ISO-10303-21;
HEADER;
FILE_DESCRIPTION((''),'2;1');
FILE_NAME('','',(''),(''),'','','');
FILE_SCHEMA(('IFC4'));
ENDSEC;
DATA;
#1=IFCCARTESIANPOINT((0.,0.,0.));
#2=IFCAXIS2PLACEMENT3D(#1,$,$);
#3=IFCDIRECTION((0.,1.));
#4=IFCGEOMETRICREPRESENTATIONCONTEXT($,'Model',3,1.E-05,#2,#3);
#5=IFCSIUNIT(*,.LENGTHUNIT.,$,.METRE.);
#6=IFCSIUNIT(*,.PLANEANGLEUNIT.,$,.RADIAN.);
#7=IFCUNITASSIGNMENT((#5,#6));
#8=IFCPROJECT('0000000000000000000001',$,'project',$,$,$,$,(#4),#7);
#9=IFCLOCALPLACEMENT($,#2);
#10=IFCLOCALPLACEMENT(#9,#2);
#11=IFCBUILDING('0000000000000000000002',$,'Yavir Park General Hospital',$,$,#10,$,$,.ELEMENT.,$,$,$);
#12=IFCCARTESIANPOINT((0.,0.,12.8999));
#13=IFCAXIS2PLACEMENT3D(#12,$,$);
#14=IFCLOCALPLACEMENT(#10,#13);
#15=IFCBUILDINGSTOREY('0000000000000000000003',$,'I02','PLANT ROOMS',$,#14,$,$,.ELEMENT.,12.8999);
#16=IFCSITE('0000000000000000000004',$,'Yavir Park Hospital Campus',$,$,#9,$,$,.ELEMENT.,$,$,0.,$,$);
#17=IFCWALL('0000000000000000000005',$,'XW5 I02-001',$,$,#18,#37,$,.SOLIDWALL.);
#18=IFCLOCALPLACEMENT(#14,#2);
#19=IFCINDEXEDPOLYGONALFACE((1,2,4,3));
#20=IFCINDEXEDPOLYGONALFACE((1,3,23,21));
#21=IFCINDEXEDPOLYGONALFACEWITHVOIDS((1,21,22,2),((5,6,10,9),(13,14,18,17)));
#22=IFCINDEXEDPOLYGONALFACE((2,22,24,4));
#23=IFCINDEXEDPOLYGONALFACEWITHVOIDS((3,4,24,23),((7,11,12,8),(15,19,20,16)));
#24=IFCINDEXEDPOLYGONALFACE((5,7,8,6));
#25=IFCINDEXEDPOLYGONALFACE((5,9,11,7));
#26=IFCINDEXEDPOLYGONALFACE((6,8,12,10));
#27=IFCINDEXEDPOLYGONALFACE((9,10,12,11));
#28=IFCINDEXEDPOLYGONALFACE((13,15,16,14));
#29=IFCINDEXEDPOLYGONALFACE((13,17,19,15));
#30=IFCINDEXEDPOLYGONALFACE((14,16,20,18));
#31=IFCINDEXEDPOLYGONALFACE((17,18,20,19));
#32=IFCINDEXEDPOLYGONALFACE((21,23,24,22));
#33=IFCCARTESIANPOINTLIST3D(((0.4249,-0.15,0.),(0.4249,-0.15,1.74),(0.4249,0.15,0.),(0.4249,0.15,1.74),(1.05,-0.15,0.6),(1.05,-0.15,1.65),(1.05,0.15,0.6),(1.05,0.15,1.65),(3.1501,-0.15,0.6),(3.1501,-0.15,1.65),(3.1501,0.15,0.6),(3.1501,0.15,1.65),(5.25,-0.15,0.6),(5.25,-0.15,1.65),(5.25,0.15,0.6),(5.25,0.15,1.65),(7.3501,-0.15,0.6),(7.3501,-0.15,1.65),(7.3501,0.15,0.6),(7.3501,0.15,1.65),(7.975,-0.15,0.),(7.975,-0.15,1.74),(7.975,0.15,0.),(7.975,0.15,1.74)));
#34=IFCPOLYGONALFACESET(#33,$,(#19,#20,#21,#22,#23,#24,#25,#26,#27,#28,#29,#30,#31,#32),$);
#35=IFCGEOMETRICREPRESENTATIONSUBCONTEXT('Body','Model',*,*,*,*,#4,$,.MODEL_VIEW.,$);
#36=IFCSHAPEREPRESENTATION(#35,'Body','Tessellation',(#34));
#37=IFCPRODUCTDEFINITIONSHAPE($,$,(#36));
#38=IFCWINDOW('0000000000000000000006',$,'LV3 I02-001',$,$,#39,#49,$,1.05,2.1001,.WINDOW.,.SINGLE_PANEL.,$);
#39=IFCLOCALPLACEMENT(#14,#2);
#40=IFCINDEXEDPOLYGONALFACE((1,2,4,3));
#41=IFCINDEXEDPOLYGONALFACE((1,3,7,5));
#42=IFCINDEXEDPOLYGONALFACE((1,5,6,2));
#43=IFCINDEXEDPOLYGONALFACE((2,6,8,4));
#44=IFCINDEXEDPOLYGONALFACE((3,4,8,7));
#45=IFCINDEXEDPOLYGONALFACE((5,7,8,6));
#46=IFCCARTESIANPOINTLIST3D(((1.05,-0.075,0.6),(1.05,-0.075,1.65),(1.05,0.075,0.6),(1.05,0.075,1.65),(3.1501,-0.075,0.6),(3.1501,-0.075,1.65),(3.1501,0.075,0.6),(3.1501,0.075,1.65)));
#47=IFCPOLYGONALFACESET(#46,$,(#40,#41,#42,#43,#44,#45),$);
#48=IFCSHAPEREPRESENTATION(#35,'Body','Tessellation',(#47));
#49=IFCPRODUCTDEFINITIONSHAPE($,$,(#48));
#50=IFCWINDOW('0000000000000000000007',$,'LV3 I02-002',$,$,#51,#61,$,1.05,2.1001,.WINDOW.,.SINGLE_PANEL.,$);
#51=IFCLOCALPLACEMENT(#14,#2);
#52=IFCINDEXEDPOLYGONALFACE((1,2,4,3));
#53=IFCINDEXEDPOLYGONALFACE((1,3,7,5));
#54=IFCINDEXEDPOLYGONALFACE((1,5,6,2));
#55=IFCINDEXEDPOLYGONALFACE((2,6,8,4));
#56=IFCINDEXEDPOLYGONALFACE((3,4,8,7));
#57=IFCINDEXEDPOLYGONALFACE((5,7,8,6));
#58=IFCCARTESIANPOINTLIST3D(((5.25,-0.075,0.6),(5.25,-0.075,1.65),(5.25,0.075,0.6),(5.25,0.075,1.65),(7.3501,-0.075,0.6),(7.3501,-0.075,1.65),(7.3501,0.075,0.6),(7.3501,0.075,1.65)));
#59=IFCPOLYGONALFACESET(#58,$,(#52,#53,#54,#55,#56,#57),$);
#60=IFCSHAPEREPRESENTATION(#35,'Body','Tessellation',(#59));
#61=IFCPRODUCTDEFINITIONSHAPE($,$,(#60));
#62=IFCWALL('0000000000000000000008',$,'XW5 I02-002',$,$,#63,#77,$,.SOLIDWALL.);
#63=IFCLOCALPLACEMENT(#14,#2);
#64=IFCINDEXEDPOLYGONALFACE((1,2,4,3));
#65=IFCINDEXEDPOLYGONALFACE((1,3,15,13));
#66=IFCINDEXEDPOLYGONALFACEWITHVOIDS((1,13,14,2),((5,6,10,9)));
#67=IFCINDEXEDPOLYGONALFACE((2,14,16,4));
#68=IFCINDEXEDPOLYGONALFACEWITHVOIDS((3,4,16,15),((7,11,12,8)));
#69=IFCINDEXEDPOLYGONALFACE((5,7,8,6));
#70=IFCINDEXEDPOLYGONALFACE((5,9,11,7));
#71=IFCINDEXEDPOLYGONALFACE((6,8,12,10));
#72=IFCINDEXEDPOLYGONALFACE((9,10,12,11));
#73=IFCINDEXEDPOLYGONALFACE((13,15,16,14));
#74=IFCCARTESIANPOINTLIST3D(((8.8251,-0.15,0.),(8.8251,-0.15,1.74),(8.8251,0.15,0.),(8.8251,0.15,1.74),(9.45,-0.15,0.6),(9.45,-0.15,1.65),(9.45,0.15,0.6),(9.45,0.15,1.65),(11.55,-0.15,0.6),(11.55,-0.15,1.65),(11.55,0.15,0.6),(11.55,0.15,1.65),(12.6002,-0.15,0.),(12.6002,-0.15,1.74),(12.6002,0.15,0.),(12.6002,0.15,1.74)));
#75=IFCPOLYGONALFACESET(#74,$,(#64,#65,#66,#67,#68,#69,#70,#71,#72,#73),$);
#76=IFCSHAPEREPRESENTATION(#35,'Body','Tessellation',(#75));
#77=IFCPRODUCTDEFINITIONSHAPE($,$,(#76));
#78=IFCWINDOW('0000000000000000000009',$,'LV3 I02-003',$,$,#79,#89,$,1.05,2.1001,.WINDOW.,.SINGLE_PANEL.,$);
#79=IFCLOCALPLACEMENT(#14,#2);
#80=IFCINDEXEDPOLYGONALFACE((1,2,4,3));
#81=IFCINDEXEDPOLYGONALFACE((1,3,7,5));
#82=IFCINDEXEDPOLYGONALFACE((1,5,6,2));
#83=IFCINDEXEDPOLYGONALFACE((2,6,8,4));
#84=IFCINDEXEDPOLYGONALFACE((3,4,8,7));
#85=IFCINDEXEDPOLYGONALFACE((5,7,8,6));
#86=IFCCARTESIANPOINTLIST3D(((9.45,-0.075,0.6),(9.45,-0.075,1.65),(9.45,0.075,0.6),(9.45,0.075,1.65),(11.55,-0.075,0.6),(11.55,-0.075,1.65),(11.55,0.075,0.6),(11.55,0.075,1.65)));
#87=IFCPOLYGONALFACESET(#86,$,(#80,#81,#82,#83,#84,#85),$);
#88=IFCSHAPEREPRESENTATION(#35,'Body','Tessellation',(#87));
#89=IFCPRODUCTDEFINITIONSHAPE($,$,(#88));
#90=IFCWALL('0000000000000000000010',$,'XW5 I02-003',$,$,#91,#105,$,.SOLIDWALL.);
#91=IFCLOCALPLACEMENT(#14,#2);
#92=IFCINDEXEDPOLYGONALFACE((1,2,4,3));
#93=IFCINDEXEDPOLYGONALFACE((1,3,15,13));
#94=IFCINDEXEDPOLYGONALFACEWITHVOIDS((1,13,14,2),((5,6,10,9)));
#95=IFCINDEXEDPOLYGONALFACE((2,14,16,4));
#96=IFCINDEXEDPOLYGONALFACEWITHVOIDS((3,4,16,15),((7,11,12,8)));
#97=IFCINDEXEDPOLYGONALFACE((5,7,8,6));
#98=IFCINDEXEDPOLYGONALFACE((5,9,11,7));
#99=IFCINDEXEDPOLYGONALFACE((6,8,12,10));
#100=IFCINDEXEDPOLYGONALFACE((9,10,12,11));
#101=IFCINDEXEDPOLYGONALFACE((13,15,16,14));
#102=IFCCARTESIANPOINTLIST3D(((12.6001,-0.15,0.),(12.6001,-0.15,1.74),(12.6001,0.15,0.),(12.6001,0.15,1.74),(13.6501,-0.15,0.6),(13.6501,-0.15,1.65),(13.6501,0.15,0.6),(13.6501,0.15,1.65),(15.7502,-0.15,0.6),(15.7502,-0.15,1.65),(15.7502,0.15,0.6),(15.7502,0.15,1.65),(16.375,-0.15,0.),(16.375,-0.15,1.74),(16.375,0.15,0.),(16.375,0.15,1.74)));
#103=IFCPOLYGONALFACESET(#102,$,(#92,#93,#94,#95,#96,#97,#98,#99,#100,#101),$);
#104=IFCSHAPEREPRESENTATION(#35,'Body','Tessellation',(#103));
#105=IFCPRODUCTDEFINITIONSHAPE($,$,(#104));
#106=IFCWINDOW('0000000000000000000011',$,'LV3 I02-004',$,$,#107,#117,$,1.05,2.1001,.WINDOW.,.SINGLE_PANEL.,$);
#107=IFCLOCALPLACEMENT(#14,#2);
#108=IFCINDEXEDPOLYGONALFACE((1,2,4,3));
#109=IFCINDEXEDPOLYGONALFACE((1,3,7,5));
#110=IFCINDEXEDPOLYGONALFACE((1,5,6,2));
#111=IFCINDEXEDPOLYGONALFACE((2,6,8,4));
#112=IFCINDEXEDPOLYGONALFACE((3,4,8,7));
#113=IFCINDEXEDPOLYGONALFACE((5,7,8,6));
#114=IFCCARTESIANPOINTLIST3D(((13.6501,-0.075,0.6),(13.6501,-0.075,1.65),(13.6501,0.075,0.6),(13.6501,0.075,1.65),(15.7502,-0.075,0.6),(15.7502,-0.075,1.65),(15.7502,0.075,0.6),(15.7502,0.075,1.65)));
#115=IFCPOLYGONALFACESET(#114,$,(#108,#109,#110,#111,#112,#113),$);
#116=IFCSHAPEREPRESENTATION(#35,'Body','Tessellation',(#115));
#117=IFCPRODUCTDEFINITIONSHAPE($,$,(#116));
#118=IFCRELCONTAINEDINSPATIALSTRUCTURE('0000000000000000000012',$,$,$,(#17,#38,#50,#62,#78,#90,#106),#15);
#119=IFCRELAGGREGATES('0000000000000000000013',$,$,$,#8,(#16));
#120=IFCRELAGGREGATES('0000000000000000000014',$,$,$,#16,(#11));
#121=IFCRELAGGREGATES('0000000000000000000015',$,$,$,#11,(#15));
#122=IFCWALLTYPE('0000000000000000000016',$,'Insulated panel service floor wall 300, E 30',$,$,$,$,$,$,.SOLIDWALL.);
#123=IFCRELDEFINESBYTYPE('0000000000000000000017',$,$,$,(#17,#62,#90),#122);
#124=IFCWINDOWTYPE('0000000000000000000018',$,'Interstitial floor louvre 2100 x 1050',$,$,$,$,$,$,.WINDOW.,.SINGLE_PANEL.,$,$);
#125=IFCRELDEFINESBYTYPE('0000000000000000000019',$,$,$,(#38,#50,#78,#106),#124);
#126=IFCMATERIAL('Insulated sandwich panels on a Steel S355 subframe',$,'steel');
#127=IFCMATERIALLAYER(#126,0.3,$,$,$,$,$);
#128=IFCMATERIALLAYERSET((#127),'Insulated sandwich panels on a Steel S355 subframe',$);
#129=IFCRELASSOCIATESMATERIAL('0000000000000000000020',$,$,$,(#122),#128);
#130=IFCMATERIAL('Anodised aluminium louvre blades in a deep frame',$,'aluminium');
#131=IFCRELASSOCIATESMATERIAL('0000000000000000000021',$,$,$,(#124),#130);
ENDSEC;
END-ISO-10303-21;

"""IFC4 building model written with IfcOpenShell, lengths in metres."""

from ifc_helpers import new_model, si_unit, direction, frame, frame_2d, origin, place, context, subcontext, project, spatial, rectangle, extrude, material, layer, layer_set, type_object, element, fill, save


model = new_model("IFC4")

# Units and contexts
model_context = context("Model", 3, precision=1e-05, world=origin(), true_north=direction((0.0, 1.0)))
body_context = subcontext(model_context, "Body", "Model", "MODEL_VIEW")
ifc_project = project(units=[si_unit("LENGTHUNIT", "METRE"), si_unit("PLANEANGLEUNIT", "RADIAN")], contexts=[model_context])

# Site, building, storey
site_placement = place(None, origin())
site = spatial("IfcSite", under=ifc_project, at=site_placement, Name="Yavir Park Hospital Campus", CompositionType="ELEMENT", RefElevation=0.0)
building_placement = place(site_placement, origin())
building = spatial("IfcBuilding", under=site, at=building_placement, Name="Yavir Park General Hospital", CompositionType="ELEMENT")
storey_placement = place(building_placement, frame((0.0, 0.0, 12.8999)))
storey = spatial("IfcBuildingStorey", under=building, at=storey_placement, Name="I02", Description="PLANT ROOMS", CompositionType="ELEMENT", Elevation=12.8999)

# Wall, openings, windows
ifc_material_1 = material(Name="Insulated sandwich panels on a Steel S355 subframe", Category="steel")
ifc_layer_1 = layer(ifc_material_1, 0.3)
ifc_layer_set_1 = layer_set([ifc_layer_1], Name="Insulated sandwich panels on a Steel S355 subframe")
wall_type = type_object("IfcWallType", Name="Insulated panel service floor wall 300, E 30", PredefinedType="SOLIDWALL", material=ifc_layer_set_1)
wall_1_placement = place(storey_placement, frame((0.425, 0.0, 0.0), z_axis=(0.0, 0.0, 1.0), x_axis=(1.0, 0.0, 0.0)))
wall_1 = element("IfcWall", 1, at=wall_1_placement, inside=storey, type_object=wall_type, Name="XW5 I02-001", PredefinedType="SOLIDWALL", context=body_context, shape_type="SweptSolid", body=[
    extrude(rectangle(XDim=7.55, YDim=0.3, at=frame_2d((3.7749, 0.0))), origin(), (0.0, 0.0, 1.0), 1.74),
])
opening_1_placement = place(wall_1_placement, frame((0.625, 0.0, 0.6001)))
opening_1 = element("IfcOpeningElement", 2, at=opening_1_placement, cuts=wall_1, PredefinedType="OPENING", context=body_context, shape_type="SweptSolid", body=[
    extrude(rectangle(XDim=2.1001, YDim=1.05, at=frame_2d((1.05, 0.5249))), frame((0.0, 0.1599, 0.0), z_axis=(0.0, -1.0, 0.0), x_axis=(1.0, 0.0, 0.0)), (0.0, 0.0, 1.0), 0.3201),
])
opening_2_placement = place(wall_1_placement, frame((4.825, 0.0, 0.6001)))
opening_2 = element("IfcOpeningElement", 3, at=opening_2_placement, cuts=wall_1, PredefinedType="OPENING", context=body_context, shape_type="SweptSolid", body=[
    extrude(rectangle(XDim=2.1001, YDim=1.05, at=frame_2d((1.05, 0.5249))), frame((0.0, 0.1599, 0.0), z_axis=(0.0, -1.0, 0.0), x_axis=(1.0, 0.0, 0.0)), (0.0, 0.0, 1.0), 0.3201),
])
ifc_material_2 = material(Name="Anodised aluminium louvre blades in a deep frame", Category="aluminium")
window_type = type_object("IfcWindowType", Name="Interstitial floor louvre 2100 x 1050", PartitioningType="SINGLE_PANEL", PredefinedType="WINDOW", material=ifc_material_2)
window_1_placement = place(opening_1_placement, origin())
window_1 = element("IfcWindow", 4, at=window_1_placement, inside=storey, type_object=window_type, Name="LV3 I02-001", OverallHeight=1.05, OverallWidth=2.1001, PartitioningType="SINGLE_PANEL", PredefinedType="WINDOW", context=body_context, shape_type="SweptSolid", body=[
    extrude(rectangle(XDim=2.1001, YDim=1.05, at=frame_2d((1.05, 0.5249))), frame((0.0, 0.075, 0.0), z_axis=(0.0, -1.0, 0.0), x_axis=(1.0, 0.0, 0.0)), (0.0, 0.0, 1.0), 0.1499),
])
fill(opening_1, window_1)
window_2_placement = place(opening_2_placement, origin())
window_2 = element("IfcWindow", 5, at=window_2_placement, inside=storey, type_object=window_type, Name="LV3 I02-002", OverallHeight=1.05, OverallWidth=2.1001, PartitioningType="SINGLE_PANEL", PredefinedType="WINDOW", context=body_context, shape_type="SweptSolid", body=[
    extrude(rectangle(XDim=2.1001, YDim=1.05, at=frame_2d((1.05, 0.5249))), frame((0.0, 0.075, 0.0), z_axis=(0.0, -1.0, 0.0), x_axis=(1.0, 0.0, 0.0)), (0.0, 0.0, 1.0), 0.1499),
])
fill(opening_2, window_2)

# Walls, openings, windows
wall_2_placement = place(storey_placement, frame((8.825, 0.0, 0.0), z_axis=(0.0, 0.0, 1.0), x_axis=(1.0, 0.0, 0.0)))
wall_2 = element("IfcWall", 6, at=wall_2_placement, inside=storey, type_object=wall_type, Name="XW5 I02-002", PredefinedType="SOLIDWALL", context=body_context, shape_type="SweptSolid", body=[
    extrude(rectangle(XDim=3.7751, YDim=0.3, at=frame_2d((1.8877, 0.0))), origin(), (0.0, 0.0, 1.0), 1.74),
])
opening_3_placement = place(wall_2_placement, frame((0.625, 0.0, 0.6001)))
opening_3 = element("IfcOpeningElement", 7, at=opening_3_placement, cuts=wall_2, PredefinedType="OPENING", context=body_context, shape_type="SweptSolid", body=[
    extrude(rectangle(XDim=2.1001, YDim=1.05, at=frame_2d((1.05, 0.5249))), frame((0.0, 0.1599, 0.0), z_axis=(0.0, -1.0, 0.0), x_axis=(1.0, 0.0, 0.0)), (0.0, 0.0, 1.0), 0.3201),
])
window_3_placement = place(opening_3_placement, origin())
window_3 = element("IfcWindow", 8, at=window_3_placement, inside=storey, type_object=window_type, Name="LV3 I02-003", OverallHeight=1.05, OverallWidth=2.1001, PartitioningType="SINGLE_PANEL", PredefinedType="WINDOW", context=body_context, shape_type="SweptSolid", body=[
    extrude(rectangle(XDim=2.1001, YDim=1.05, at=frame_2d((1.05, 0.5249))), frame((0.0, 0.075, 0.0), z_axis=(0.0, -1.0, 0.0), x_axis=(1.0, 0.0, 0.0)), (0.0, 0.0, 1.0), 0.1499),
])
fill(opening_3, window_3)
wall_3_placement = place(storey_placement, frame((12.6001, 0.0, 0.0), z_axis=(0.0, 0.0, 1.0), x_axis=(1.0, 0.0, 0.0)))
wall_3 = element("IfcWall", 9, at=wall_3_placement, inside=storey, type_object=wall_type, Name="XW5 I02-003", PredefinedType="SOLIDWALL", context=body_context, shape_type="SweptSolid", body=[
    extrude(rectangle(XDim=3.7749, YDim=0.3, at=frame_2d((1.8875, 0.0))), origin(), (0.0, 0.0, 1.0), 1.74),
])
opening_4_placement = place(wall_3_placement, frame((1.05, 0.0, 0.6001)))
opening_4 = element("IfcOpeningElement", 10, at=opening_4_placement, cuts=wall_3, PredefinedType="OPENING", context=body_context, shape_type="SweptSolid", body=[
    extrude(rectangle(XDim=2.1001, YDim=1.05, at=frame_2d((1.05, 0.5249))), frame((0.0, 0.1599, 0.0), z_axis=(0.0, -1.0, 0.0), x_axis=(1.0, 0.0, 0.0)), (0.0, 0.0, 1.0), 0.3201),
])
window_4_placement = place(opening_4_placement, origin())
window_4 = element("IfcWindow", 11, at=window_4_placement, inside=storey, type_object=window_type, Name="LV3 I02-004", OverallHeight=1.05, OverallWidth=2.1001, PartitioningType="SINGLE_PANEL", PredefinedType="WINDOW", context=body_context, shape_type="SweptSolid", body=[
    extrude(rectangle(XDim=2.1001, YDim=1.05, at=frame_2d((1.05, 0.5249))), frame((0.0, 0.075, 0.0), z_axis=(0.0, -1.0, 0.0), x_axis=(1.0, 0.0, 0.0)), (0.0, 0.0, 1.0), 0.1499),
])
fill(opening_4, window_4)

save(model, "model.ifc")
